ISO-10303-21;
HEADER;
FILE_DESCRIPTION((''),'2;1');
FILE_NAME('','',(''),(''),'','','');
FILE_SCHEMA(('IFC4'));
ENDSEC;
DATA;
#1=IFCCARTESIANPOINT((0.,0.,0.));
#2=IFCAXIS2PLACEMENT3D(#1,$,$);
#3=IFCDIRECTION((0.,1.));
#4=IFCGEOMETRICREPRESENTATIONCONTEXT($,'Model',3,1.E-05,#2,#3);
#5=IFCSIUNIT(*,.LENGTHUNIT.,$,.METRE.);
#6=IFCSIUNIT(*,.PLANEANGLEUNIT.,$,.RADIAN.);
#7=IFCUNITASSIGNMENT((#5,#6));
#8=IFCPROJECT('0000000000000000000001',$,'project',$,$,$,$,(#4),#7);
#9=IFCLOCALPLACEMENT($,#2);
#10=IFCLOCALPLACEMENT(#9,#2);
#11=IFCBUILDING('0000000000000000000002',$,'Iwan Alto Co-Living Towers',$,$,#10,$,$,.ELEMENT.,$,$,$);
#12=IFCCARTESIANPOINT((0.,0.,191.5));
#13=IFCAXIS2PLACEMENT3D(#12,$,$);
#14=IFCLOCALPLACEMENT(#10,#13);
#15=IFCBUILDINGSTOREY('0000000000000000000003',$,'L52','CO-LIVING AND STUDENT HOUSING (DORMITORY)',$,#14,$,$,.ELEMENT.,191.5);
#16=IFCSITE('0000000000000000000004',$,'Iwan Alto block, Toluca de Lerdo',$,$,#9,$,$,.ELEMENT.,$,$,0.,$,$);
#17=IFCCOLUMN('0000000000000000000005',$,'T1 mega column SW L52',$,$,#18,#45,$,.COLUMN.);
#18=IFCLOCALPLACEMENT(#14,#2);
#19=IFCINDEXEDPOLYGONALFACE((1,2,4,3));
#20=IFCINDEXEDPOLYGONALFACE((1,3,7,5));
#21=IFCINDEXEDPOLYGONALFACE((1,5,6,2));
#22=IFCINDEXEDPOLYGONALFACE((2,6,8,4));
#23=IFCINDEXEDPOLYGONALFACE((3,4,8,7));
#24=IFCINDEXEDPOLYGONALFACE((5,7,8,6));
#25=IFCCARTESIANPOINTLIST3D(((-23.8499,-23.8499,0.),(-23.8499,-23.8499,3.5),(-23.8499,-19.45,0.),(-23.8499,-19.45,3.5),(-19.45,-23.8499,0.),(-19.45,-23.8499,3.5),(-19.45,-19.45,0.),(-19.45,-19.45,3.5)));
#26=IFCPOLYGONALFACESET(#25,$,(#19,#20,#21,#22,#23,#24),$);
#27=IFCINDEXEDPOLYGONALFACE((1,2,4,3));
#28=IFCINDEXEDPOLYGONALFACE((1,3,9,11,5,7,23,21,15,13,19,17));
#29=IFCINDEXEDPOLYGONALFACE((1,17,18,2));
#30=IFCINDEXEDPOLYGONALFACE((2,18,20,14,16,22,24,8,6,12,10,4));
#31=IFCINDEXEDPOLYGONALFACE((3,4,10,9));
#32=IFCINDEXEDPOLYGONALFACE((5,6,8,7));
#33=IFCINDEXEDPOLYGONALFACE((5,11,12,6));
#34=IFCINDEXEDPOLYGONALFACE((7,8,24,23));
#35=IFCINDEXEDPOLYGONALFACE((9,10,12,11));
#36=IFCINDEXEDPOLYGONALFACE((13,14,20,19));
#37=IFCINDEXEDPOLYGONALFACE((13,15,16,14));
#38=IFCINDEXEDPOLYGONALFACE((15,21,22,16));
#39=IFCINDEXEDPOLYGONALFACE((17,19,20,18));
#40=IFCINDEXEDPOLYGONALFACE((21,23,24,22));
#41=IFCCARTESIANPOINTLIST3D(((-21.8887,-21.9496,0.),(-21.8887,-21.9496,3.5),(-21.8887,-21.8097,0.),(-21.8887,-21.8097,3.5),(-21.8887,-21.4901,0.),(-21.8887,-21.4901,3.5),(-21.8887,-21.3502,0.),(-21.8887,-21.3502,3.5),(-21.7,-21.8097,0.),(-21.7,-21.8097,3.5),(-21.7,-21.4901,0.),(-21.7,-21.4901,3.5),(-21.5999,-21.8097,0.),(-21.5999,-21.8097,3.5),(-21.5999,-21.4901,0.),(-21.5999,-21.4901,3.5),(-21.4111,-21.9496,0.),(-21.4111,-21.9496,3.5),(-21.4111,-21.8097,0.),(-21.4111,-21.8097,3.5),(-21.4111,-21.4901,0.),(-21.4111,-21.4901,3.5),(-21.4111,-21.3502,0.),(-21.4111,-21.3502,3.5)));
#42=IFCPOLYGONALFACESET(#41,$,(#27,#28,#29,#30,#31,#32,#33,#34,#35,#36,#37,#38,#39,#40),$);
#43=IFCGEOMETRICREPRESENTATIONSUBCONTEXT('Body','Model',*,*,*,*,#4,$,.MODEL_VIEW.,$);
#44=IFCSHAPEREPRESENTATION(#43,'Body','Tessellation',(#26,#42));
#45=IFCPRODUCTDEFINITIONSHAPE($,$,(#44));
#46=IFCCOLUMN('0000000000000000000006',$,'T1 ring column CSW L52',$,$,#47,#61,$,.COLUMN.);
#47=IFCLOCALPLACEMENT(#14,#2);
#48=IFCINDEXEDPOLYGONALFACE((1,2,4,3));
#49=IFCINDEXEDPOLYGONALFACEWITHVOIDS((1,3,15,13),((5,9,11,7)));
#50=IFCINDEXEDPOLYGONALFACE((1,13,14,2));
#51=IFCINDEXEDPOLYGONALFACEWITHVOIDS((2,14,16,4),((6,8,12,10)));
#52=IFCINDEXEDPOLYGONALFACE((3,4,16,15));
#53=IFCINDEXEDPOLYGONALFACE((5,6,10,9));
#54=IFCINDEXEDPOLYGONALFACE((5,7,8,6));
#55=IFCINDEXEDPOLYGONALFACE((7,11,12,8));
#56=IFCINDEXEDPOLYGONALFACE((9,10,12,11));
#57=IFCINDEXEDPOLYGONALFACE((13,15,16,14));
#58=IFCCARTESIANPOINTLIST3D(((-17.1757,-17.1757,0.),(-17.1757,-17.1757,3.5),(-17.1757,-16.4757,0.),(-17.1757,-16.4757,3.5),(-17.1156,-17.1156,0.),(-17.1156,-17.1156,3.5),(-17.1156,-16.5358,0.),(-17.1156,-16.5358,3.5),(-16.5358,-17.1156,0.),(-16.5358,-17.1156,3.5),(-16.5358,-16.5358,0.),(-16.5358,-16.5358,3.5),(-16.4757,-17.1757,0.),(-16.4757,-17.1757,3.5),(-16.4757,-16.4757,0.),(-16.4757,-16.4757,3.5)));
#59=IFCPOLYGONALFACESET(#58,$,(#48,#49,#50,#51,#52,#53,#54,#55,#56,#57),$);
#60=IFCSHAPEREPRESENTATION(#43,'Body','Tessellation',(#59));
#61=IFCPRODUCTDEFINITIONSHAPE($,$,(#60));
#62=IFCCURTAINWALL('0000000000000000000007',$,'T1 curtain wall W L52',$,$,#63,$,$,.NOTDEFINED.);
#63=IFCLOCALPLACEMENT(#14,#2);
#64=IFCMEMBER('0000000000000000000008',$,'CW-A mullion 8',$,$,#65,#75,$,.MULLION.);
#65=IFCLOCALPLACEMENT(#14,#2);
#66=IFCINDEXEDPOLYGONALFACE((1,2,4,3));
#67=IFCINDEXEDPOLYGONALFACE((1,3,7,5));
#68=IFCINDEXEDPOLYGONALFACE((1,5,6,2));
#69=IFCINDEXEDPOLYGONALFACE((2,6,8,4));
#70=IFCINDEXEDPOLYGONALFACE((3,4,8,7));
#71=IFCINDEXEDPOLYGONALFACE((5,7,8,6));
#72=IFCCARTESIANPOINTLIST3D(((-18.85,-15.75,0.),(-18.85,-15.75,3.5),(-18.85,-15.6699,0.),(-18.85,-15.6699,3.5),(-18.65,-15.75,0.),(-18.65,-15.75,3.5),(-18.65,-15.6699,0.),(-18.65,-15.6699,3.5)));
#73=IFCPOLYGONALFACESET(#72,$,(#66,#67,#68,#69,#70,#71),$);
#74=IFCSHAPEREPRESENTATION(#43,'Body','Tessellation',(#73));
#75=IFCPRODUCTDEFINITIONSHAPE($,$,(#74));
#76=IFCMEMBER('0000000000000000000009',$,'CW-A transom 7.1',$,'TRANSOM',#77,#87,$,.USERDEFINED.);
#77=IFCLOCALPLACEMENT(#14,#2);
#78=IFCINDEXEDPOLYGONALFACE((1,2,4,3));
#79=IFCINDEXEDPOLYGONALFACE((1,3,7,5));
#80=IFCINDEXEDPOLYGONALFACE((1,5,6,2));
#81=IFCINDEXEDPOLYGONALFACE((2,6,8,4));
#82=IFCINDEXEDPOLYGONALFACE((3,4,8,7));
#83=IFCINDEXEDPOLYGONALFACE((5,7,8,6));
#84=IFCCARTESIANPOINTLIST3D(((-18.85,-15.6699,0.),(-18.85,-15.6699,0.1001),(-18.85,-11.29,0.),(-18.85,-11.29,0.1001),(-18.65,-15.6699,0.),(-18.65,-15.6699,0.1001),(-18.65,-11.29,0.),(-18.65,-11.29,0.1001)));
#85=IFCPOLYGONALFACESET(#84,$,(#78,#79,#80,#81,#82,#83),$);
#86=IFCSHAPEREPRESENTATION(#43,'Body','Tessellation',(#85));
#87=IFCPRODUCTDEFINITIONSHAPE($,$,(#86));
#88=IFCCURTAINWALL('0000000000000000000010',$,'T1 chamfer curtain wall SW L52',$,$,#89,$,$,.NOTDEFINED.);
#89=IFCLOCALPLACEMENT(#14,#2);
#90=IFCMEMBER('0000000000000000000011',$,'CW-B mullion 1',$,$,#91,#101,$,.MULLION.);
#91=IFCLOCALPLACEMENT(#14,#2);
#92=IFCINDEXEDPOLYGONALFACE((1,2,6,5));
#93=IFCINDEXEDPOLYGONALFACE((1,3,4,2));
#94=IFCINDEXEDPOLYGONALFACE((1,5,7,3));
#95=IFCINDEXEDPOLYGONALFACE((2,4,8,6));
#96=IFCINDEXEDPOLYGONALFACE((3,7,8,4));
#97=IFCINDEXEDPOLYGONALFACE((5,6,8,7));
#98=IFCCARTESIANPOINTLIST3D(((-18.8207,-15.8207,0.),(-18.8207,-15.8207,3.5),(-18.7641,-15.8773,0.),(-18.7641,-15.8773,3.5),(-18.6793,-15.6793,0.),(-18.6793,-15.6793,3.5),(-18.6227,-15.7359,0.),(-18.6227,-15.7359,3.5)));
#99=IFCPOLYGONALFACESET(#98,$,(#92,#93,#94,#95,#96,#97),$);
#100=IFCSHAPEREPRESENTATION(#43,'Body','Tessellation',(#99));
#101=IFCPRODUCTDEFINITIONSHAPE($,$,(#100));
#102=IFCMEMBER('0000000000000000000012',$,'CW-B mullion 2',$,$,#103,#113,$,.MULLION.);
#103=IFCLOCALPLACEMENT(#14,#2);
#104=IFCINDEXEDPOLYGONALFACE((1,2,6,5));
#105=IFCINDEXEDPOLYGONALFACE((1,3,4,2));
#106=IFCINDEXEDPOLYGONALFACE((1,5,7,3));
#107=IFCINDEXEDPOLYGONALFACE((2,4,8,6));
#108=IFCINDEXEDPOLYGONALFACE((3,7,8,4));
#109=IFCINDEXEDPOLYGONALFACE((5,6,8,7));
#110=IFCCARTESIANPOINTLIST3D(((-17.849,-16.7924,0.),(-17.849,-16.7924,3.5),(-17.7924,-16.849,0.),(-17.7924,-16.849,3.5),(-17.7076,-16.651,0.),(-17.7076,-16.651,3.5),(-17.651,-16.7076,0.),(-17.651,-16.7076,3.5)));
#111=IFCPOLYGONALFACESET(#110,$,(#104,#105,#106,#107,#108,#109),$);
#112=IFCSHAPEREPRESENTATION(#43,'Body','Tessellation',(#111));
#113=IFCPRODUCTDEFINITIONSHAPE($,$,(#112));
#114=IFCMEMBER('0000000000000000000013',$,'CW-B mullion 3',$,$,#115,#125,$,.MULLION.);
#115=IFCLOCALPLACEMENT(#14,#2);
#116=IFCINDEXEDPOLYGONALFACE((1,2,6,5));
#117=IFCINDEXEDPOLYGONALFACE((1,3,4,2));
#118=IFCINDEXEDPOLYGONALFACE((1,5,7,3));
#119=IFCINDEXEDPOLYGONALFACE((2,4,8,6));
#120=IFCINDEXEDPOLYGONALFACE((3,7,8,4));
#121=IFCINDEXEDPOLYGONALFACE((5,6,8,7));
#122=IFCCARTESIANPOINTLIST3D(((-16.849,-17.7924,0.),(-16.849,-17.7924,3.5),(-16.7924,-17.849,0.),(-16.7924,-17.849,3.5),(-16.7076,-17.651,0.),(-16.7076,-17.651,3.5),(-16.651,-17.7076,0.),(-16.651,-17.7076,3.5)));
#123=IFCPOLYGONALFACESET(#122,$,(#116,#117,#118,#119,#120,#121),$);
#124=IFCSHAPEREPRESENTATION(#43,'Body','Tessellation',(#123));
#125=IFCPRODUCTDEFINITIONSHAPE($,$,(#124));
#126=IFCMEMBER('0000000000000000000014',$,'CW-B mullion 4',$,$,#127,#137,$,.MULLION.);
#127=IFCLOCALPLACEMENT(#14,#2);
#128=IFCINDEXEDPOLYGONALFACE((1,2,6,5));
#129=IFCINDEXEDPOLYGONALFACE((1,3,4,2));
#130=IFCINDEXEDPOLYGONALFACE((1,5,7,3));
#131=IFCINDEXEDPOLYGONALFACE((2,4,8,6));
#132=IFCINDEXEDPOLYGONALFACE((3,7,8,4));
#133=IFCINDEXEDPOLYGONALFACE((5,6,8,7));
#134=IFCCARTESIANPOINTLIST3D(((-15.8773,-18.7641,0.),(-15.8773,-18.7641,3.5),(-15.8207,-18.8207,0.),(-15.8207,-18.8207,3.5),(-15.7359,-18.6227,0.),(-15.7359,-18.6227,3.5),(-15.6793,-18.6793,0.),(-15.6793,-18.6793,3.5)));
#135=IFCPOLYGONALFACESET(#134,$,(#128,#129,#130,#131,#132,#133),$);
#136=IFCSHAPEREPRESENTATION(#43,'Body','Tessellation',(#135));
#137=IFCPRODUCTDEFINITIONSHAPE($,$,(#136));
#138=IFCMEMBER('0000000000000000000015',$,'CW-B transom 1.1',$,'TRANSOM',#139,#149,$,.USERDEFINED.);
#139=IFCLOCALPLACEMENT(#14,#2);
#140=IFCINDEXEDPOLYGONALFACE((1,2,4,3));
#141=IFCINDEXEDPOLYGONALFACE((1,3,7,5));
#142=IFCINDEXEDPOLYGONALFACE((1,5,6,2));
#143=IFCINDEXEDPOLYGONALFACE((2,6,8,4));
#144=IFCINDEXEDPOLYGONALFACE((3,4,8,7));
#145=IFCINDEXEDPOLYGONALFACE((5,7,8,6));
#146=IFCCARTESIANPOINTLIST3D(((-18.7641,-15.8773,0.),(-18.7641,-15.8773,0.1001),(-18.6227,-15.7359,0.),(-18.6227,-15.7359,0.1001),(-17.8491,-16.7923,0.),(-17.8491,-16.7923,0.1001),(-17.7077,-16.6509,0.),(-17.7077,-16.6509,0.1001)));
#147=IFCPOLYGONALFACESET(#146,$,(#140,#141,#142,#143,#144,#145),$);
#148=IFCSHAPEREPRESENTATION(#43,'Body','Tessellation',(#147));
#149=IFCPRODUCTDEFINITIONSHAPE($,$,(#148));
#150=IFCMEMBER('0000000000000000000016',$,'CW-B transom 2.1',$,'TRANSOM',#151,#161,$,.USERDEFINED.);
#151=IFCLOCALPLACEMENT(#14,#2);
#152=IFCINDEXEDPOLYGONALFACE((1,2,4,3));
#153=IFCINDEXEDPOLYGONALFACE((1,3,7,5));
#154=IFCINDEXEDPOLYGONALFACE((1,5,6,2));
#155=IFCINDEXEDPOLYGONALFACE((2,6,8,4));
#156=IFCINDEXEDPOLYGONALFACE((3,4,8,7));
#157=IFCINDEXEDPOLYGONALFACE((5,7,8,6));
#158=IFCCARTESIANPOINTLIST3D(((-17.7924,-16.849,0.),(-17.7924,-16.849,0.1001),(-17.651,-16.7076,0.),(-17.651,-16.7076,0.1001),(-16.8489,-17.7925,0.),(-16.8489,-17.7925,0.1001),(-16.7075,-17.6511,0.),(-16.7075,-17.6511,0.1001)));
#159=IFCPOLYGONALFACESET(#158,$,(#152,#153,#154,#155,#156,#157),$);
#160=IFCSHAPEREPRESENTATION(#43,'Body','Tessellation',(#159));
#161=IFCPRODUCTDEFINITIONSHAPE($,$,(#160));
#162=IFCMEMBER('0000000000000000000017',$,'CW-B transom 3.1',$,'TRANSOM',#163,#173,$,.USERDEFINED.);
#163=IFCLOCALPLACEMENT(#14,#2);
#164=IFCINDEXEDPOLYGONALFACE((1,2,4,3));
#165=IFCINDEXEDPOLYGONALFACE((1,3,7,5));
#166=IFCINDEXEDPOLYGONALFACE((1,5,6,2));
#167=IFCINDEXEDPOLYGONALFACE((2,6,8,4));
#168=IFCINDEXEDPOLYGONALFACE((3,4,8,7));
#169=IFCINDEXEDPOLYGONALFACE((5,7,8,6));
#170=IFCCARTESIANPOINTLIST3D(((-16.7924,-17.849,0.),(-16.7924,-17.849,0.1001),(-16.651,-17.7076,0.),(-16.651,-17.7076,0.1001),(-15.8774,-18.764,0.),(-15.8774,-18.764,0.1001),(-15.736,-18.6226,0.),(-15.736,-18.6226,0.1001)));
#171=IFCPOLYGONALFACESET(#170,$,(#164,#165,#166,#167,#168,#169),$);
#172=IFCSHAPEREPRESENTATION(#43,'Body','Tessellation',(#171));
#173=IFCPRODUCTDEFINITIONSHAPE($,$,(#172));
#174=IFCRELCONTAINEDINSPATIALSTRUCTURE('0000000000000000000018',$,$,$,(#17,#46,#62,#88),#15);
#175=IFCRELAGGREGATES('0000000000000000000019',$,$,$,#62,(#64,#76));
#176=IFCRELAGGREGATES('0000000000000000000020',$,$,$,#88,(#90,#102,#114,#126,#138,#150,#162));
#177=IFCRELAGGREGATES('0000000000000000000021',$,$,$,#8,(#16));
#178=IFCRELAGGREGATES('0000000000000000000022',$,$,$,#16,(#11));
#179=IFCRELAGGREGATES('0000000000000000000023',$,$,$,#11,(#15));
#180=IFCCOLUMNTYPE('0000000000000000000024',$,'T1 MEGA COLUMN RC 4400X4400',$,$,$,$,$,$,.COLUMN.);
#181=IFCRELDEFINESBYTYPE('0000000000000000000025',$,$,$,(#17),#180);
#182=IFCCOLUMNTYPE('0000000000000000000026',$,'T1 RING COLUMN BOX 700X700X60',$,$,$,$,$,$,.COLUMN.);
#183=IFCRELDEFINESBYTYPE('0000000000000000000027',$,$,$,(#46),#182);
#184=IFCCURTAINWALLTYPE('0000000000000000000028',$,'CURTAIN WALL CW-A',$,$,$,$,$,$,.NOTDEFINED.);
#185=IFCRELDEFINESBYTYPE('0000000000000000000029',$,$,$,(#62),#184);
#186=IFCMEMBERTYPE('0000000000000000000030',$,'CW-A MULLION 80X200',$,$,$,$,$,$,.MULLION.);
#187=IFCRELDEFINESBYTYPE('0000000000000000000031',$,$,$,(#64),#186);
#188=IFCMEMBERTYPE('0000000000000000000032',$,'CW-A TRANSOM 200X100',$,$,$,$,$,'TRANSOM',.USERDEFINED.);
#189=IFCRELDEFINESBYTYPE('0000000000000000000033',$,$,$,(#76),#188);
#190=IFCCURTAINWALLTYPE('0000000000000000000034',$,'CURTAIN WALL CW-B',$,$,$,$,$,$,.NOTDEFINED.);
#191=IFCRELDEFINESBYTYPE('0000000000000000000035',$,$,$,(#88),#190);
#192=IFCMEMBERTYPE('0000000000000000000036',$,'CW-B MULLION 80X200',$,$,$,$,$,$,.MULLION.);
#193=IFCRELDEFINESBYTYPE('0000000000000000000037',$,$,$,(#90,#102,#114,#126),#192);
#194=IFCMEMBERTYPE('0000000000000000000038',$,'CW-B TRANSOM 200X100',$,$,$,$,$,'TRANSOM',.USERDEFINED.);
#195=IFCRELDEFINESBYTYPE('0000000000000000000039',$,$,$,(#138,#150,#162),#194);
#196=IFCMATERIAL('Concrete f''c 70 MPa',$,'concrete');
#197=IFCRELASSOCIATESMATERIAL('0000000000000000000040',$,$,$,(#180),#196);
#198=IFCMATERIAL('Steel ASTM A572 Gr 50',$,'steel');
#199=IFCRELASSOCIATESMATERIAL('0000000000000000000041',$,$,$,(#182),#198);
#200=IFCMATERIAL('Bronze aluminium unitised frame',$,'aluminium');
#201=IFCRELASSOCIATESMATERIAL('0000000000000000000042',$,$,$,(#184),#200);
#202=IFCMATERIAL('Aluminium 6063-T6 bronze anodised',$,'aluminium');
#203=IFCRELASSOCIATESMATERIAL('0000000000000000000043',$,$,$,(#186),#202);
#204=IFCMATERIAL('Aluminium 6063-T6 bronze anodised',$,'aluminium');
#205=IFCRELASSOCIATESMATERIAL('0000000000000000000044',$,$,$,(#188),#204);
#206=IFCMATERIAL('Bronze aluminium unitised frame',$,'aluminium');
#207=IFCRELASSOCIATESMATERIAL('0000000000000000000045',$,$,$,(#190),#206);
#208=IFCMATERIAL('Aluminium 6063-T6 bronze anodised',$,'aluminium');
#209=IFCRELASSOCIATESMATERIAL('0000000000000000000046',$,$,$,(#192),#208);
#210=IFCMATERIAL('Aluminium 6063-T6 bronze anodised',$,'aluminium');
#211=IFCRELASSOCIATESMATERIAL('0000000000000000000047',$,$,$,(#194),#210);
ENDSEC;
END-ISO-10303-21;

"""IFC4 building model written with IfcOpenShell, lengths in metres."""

from ifc_helpers import new_model, si_unit, direction, frame, origin, origin_2d, place, context, subcontext, project, spatial, rectangle, hollow_rectangle, i_section, extrude, material, material_profile, profile_set, type_object, element, aggregate, save


model = new_model("IFC4")

# Units and contexts
model_context = context("Model", 3, precision=1e-05, world=origin(), true_north=direction((0.0, 1.0)))
body_context = subcontext(model_context, "Body", "Model", "MODEL_VIEW")
ifc_project = project(units=[si_unit("LENGTHUNIT", "METRE"), si_unit("PLANEANGLEUNIT", "RADIAN")], contexts=[model_context])

# Site, building, storey
site_placement = place(None, origin())
site = spatial("IfcSite", under=ifc_project, at=site_placement, Name="Iwan Alto block, Toluca de Lerdo", CompositionType="ELEMENT", RefElevation=0.0)
building_placement = place(site_placement, origin())
building = spatial("IfcBuilding", under=site, at=building_placement, Name="Iwan Alto Co-Living Towers", CompositionType="ELEMENT")
storey_placement = place(building_placement, frame((0.0, 0.0, 191.5)))
storey = spatial("IfcBuildingStorey", under=building, at=storey_placement, Name="L52", Description="CO-LIVING AND STUDENT HOUSING (DORMITORY)", CompositionType="ELEMENT", Elevation=191.5)

# Columns
ifc_material_1 = material(Name="Concrete f'c 70 MPa", Category="concrete")
ifc_material_profile_1 = material_profile(ifc_material_1, rectangle(XDim=4.3999, YDim=4.3999, at=origin_2d()), Name="RC 4400X4400")
ifc_profile_set_1 = profile_set([ifc_material_profile_1], Name="Concrete f'c 70 MPa")
column_type_1 = type_object("IfcColumnType", Name="T1 MEGA COLUMN RC 4400X4400", PredefinedType="COLUMN", material=ifc_profile_set_1)
column_1_placement = place(storey_placement, frame((-21.6499, -21.6499, 0.0), z_axis=(0.0, 0.0, 1.0), x_axis=(1.0, 0.0, 0.0)))
element("IfcColumn", 1, at=column_1_placement, inside=storey, type_object=column_type_1, Name="T1 mega column SW L52", PredefinedType="COLUMN", context=body_context, shape_type="SweptSolid", body=[
    extrude(rectangle(XDim=4.3999, YDim=4.3999, at=origin_2d()), origin(), (0.0, 0.0, 1.0), 3.5),
    extrude(i_section(OverallWidth=0.4775, OverallDepth=0.5994, WebThickness=0.1001, FlangeThickness=0.1399, at=origin_2d()), origin(), (0.0, 0.0, 1.0), 3.5),
])
ifc_material_2 = material(Name="Steel ASTM A572 Gr 50", Category="steel")
ifc_material_profile_2 = material_profile(ifc_material_2, hollow_rectangle(XDim=0.7, YDim=0.7, WallThickness=0.0601, at=origin_2d()), Name="BOX 700X700X60")
ifc_profile_set_2 = profile_set([ifc_material_profile_2], Name="Steel ASTM A572 Gr 50")
column_type_2 = type_object("IfcColumnType", Name="T1 RING COLUMN BOX 700X700X60", PredefinedType="COLUMN", material=ifc_profile_set_2)
column_2_placement = place(storey_placement, frame((-16.8257, -16.8257, 0.0), z_axis=(0.0, 0.0, 1.0), x_axis=(1.0, 0.0, 0.0)))
element("IfcColumn", 2, at=column_2_placement, inside=storey, type_object=column_type_2, Name="T1 ring column CSW L52", PredefinedType="COLUMN", context=body_context, shape_type="SweptSolid", body=[
    extrude(hollow_rectangle(XDim=0.7, YDim=0.7, WallThickness=0.0601, at=origin_2d()), origin(), (0.0, 0.0, 1.0), 3.5),
])

# Curtain walls, members
ifc_material_3 = material(Name="Bronze aluminium unitised frame", Category="aluminium")
curtain_wall_type_1 = type_object("IfcCurtainWallType", Name="CURTAIN WALL CW-A", PredefinedType="NOTDEFINED", material=ifc_material_3)
curtain_wall_1_placement = place(storey_placement, origin())
curtain_wall_1 = element("IfcCurtainWall", 3, at=curtain_wall_1_placement, inside=storey, type_object=curtain_wall_type_1, Name="T1 curtain wall W L52", PredefinedType="NOTDEFINED")
ifc_material_4 = material(Name="Aluminium 6063-T6 bronze anodised", Category="aluminium")
ifc_material_profile_3 = material_profile(ifc_material_4, rectangle(XDim=0.2, YDim=0.0801, at=origin_2d()), Name="AL 80X200")
ifc_profile_set_3 = profile_set([ifc_material_profile_3], Name="Aluminium 6063-T6 bronze anodised")
member_type_1 = type_object("IfcMemberType", Name="CW-A MULLION 80X200", PredefinedType="MULLION", material=ifc_profile_set_3)
member_1_placement = place(storey_placement, frame((-18.75, -15.71, 0.0), z_axis=(0.0, 0.0, 1.0), x_axis=(1.0, 0.0, 0.0)))
member_1 = element("IfcMember", 4, at=member_1_placement, type_object=member_type_1, Name="CW-A mullion 8", PredefinedType="MULLION", context=body_context, shape_type="SweptSolid", body=[
    extrude(rectangle(XDim=0.2, YDim=0.0801, at=origin_2d()), origin(), (0.0, 0.0, 1.0), 3.5),
])
ifc_material_5 = material(Name="Aluminium 6063-T6 bronze anodised", Category="aluminium")
ifc_material_profile_4 = material_profile(ifc_material_5, rectangle(XDim=0.2, YDim=0.1001, at=origin_2d()), Name="AL 200X100")
ifc_profile_set_4 = profile_set([ifc_material_profile_4], Name="Aluminium 6063-T6 bronze anodised")
member_type_2 = type_object("IfcMemberType", Name="CW-A TRANSOM 200X100", ElementType="TRANSOM", PredefinedType="USERDEFINED", material=ifc_profile_set_4)
member_2_placement = place(storey_placement, frame((-18.75, -11.29, 0.05), z_axis=(0.0, -1.0, 0.0), x_axis=(1.0, 0.0, 0.0)))
member_2 = element("IfcMember", 5, at=member_2_placement, type_object=member_type_2, Name="CW-A transom 7.1", ObjectType="TRANSOM", PredefinedType="USERDEFINED", context=body_context, shape_type="SweptSolid", body=[
    extrude(rectangle(XDim=0.2, YDim=0.1001, at=origin_2d()), origin(), (0.0, 0.0, 1.0), 4.3799),
])
ifc_material_6 = material(Name="Bronze aluminium unitised frame", Category="aluminium")
curtain_wall_type_2 = type_object("IfcCurtainWallType", Name="CURTAIN WALL CW-B", PredefinedType="NOTDEFINED", material=ifc_material_6)
curtain_wall_2_placement = place(storey_placement, origin())
curtain_wall_2 = element("IfcCurtainWall", 6, at=curtain_wall_2_placement, inside=storey, type_object=curtain_wall_type_2, Name="T1 chamfer curtain wall SW L52", PredefinedType="NOTDEFINED")
ifc_material_7 = material(Name="Aluminium 6063-T6 bronze anodised", Category="aluminium")
ifc_material_profile_5 = material_profile(ifc_material_7, rectangle(XDim=0.2, YDim=0.0801, at=origin_2d()), Name="AL 80X200")
ifc_profile_set_5 = profile_set([ifc_material_profile_5], Name="Aluminium 6063-T6 bronze anodised")
member_type_3 = type_object("IfcMemberType", Name="CW-B MULLION 80X200", PredefinedType="MULLION", material=ifc_profile_set_5)
member_3_placement = place(storey_placement, frame((-18.7217, -15.7783, 0.0), z_axis=(0.0, 0.0, 1.0), x_axis=(0.707107, 0.707107, 0.0)))
member_3 = element("IfcMember", 7, at=member_3_placement, type_object=member_type_3, Name="CW-B mullion 1", PredefinedType="MULLION", context=body_context, shape_type="SweptSolid", body=[
    extrude(rectangle(XDim=0.2, YDim=0.0801, at=origin_2d()), origin(), (0.0, 0.0, 1.0), 3.5),
])
member_4_placement = place(storey_placement, frame((-17.75, -16.75, 0.0), z_axis=(0.0, 0.0, 1.0), x_axis=(0.707107, 0.707107, 0.0)))
member_4 = element("IfcMember", 8, at=member_4_placement, type_object=member_type_3, Name="CW-B mullion 2", PredefinedType="MULLION", context=body_context, shape_type="SweptSolid", body=[
    extrude(rectangle(XDim=0.2, YDim=0.0801, at=origin_2d()), origin(), (0.0, 0.0, 1.0), 3.5),
])
member_5_placement = place(storey_placement, frame((-16.75, -17.75, 0.0), z_axis=(0.0, 0.0, 1.0), x_axis=(0.707107, 0.707107, 0.0)))
member_5 = element("IfcMember", 9, at=member_5_placement, type_object=member_type_3, Name="CW-B mullion 3", PredefinedType="MULLION", context=body_context, shape_type="SweptSolid", body=[
    extrude(rectangle(XDim=0.2, YDim=0.0801, at=origin_2d()), origin(), (0.0, 0.0, 1.0), 3.5),
])
member_6_placement = place(storey_placement, frame((-15.7783, -18.7217, 0.0), z_axis=(0.0, 0.0, 1.0), x_axis=(0.707107, 0.707107, 0.0)))
member_6 = element("IfcMember", 10, at=member_6_placement, type_object=member_type_3, Name="CW-B mullion 4", PredefinedType="MULLION", context=body_context, shape_type="SweptSolid", body=[
    extrude(rectangle(XDim=0.2, YDim=0.0801, at=origin_2d()), origin(), (0.0, 0.0, 1.0), 3.5),
])
ifc_material_8 = material(Name="Aluminium 6063-T6 bronze anodised", Category="aluminium")
ifc_material_profile_6 = material_profile(ifc_material_8, rectangle(XDim=0.2, YDim=0.1001, at=origin_2d()), Name="AL 200X100")
ifc_profile_set_6 = profile_set([ifc_material_profile_6], Name="Aluminium 6063-T6 bronze anodised")
member_type_4 = type_object("IfcMemberType", Name="CW-B TRANSOM 200X100", ElementType="TRANSOM", PredefinedType="USERDEFINED", material=ifc_profile_set_6)
member_7_placement = place(storey_placement, frame((-18.6934, -15.8066, 0.05), z_axis=(0.707107, -0.707107, 0.0), x_axis=(0.707107, 0.707107, 0.0)))
member_7 = element("IfcMember", 11, at=member_7_placement, type_object=member_type_4, Name="CW-B transom 1.1", ObjectType="TRANSOM", PredefinedType="USERDEFINED", context=body_context, shape_type="SweptSolid", body=[
    extrude(rectangle(XDim=0.2, YDim=0.1001, at=origin_2d()), origin(), (0.0, 0.0, 1.0), 1.2939),
])
member_8_placement = place(storey_placement, frame((-17.7217, -16.7783, 0.05), z_axis=(0.707107, -0.707107, 0.0), x_axis=(0.707107, 0.707107, 0.0)))
member_8 = element("IfcMember", 12, at=member_8_placement, type_object=member_type_4, Name="CW-B transom 2.1", ObjectType="TRANSOM", PredefinedType="USERDEFINED", context=body_context, shape_type="SweptSolid", body=[
    extrude(rectangle(XDim=0.2, YDim=0.1001, at=origin_2d()), origin(), (0.0, 0.0, 1.0), 1.3342),
])
member_9_placement = place(storey_placement, frame((-16.7217, -17.7783, 0.05), z_axis=(0.707107, -0.707107, 0.0), x_axis=(0.707107, 0.707107, 0.0)))
member_9 = element("IfcMember", 13, at=member_9_placement, type_object=member_type_4, Name="CW-B transom 3.1", ObjectType="TRANSOM", PredefinedType="USERDEFINED", context=body_context, shape_type="SweptSolid", body=[
    extrude(rectangle(XDim=0.2, YDim=0.1001, at=origin_2d()), origin(), (0.0, 0.0, 1.0), 1.2939),
])

aggregate(curtain_wall_1, [member_1, member_2])
aggregate(curtain_wall_2, [member_3, member_4, member_5, member_6, member_7, member_8, member_9])

save(model, "model.ifc")
